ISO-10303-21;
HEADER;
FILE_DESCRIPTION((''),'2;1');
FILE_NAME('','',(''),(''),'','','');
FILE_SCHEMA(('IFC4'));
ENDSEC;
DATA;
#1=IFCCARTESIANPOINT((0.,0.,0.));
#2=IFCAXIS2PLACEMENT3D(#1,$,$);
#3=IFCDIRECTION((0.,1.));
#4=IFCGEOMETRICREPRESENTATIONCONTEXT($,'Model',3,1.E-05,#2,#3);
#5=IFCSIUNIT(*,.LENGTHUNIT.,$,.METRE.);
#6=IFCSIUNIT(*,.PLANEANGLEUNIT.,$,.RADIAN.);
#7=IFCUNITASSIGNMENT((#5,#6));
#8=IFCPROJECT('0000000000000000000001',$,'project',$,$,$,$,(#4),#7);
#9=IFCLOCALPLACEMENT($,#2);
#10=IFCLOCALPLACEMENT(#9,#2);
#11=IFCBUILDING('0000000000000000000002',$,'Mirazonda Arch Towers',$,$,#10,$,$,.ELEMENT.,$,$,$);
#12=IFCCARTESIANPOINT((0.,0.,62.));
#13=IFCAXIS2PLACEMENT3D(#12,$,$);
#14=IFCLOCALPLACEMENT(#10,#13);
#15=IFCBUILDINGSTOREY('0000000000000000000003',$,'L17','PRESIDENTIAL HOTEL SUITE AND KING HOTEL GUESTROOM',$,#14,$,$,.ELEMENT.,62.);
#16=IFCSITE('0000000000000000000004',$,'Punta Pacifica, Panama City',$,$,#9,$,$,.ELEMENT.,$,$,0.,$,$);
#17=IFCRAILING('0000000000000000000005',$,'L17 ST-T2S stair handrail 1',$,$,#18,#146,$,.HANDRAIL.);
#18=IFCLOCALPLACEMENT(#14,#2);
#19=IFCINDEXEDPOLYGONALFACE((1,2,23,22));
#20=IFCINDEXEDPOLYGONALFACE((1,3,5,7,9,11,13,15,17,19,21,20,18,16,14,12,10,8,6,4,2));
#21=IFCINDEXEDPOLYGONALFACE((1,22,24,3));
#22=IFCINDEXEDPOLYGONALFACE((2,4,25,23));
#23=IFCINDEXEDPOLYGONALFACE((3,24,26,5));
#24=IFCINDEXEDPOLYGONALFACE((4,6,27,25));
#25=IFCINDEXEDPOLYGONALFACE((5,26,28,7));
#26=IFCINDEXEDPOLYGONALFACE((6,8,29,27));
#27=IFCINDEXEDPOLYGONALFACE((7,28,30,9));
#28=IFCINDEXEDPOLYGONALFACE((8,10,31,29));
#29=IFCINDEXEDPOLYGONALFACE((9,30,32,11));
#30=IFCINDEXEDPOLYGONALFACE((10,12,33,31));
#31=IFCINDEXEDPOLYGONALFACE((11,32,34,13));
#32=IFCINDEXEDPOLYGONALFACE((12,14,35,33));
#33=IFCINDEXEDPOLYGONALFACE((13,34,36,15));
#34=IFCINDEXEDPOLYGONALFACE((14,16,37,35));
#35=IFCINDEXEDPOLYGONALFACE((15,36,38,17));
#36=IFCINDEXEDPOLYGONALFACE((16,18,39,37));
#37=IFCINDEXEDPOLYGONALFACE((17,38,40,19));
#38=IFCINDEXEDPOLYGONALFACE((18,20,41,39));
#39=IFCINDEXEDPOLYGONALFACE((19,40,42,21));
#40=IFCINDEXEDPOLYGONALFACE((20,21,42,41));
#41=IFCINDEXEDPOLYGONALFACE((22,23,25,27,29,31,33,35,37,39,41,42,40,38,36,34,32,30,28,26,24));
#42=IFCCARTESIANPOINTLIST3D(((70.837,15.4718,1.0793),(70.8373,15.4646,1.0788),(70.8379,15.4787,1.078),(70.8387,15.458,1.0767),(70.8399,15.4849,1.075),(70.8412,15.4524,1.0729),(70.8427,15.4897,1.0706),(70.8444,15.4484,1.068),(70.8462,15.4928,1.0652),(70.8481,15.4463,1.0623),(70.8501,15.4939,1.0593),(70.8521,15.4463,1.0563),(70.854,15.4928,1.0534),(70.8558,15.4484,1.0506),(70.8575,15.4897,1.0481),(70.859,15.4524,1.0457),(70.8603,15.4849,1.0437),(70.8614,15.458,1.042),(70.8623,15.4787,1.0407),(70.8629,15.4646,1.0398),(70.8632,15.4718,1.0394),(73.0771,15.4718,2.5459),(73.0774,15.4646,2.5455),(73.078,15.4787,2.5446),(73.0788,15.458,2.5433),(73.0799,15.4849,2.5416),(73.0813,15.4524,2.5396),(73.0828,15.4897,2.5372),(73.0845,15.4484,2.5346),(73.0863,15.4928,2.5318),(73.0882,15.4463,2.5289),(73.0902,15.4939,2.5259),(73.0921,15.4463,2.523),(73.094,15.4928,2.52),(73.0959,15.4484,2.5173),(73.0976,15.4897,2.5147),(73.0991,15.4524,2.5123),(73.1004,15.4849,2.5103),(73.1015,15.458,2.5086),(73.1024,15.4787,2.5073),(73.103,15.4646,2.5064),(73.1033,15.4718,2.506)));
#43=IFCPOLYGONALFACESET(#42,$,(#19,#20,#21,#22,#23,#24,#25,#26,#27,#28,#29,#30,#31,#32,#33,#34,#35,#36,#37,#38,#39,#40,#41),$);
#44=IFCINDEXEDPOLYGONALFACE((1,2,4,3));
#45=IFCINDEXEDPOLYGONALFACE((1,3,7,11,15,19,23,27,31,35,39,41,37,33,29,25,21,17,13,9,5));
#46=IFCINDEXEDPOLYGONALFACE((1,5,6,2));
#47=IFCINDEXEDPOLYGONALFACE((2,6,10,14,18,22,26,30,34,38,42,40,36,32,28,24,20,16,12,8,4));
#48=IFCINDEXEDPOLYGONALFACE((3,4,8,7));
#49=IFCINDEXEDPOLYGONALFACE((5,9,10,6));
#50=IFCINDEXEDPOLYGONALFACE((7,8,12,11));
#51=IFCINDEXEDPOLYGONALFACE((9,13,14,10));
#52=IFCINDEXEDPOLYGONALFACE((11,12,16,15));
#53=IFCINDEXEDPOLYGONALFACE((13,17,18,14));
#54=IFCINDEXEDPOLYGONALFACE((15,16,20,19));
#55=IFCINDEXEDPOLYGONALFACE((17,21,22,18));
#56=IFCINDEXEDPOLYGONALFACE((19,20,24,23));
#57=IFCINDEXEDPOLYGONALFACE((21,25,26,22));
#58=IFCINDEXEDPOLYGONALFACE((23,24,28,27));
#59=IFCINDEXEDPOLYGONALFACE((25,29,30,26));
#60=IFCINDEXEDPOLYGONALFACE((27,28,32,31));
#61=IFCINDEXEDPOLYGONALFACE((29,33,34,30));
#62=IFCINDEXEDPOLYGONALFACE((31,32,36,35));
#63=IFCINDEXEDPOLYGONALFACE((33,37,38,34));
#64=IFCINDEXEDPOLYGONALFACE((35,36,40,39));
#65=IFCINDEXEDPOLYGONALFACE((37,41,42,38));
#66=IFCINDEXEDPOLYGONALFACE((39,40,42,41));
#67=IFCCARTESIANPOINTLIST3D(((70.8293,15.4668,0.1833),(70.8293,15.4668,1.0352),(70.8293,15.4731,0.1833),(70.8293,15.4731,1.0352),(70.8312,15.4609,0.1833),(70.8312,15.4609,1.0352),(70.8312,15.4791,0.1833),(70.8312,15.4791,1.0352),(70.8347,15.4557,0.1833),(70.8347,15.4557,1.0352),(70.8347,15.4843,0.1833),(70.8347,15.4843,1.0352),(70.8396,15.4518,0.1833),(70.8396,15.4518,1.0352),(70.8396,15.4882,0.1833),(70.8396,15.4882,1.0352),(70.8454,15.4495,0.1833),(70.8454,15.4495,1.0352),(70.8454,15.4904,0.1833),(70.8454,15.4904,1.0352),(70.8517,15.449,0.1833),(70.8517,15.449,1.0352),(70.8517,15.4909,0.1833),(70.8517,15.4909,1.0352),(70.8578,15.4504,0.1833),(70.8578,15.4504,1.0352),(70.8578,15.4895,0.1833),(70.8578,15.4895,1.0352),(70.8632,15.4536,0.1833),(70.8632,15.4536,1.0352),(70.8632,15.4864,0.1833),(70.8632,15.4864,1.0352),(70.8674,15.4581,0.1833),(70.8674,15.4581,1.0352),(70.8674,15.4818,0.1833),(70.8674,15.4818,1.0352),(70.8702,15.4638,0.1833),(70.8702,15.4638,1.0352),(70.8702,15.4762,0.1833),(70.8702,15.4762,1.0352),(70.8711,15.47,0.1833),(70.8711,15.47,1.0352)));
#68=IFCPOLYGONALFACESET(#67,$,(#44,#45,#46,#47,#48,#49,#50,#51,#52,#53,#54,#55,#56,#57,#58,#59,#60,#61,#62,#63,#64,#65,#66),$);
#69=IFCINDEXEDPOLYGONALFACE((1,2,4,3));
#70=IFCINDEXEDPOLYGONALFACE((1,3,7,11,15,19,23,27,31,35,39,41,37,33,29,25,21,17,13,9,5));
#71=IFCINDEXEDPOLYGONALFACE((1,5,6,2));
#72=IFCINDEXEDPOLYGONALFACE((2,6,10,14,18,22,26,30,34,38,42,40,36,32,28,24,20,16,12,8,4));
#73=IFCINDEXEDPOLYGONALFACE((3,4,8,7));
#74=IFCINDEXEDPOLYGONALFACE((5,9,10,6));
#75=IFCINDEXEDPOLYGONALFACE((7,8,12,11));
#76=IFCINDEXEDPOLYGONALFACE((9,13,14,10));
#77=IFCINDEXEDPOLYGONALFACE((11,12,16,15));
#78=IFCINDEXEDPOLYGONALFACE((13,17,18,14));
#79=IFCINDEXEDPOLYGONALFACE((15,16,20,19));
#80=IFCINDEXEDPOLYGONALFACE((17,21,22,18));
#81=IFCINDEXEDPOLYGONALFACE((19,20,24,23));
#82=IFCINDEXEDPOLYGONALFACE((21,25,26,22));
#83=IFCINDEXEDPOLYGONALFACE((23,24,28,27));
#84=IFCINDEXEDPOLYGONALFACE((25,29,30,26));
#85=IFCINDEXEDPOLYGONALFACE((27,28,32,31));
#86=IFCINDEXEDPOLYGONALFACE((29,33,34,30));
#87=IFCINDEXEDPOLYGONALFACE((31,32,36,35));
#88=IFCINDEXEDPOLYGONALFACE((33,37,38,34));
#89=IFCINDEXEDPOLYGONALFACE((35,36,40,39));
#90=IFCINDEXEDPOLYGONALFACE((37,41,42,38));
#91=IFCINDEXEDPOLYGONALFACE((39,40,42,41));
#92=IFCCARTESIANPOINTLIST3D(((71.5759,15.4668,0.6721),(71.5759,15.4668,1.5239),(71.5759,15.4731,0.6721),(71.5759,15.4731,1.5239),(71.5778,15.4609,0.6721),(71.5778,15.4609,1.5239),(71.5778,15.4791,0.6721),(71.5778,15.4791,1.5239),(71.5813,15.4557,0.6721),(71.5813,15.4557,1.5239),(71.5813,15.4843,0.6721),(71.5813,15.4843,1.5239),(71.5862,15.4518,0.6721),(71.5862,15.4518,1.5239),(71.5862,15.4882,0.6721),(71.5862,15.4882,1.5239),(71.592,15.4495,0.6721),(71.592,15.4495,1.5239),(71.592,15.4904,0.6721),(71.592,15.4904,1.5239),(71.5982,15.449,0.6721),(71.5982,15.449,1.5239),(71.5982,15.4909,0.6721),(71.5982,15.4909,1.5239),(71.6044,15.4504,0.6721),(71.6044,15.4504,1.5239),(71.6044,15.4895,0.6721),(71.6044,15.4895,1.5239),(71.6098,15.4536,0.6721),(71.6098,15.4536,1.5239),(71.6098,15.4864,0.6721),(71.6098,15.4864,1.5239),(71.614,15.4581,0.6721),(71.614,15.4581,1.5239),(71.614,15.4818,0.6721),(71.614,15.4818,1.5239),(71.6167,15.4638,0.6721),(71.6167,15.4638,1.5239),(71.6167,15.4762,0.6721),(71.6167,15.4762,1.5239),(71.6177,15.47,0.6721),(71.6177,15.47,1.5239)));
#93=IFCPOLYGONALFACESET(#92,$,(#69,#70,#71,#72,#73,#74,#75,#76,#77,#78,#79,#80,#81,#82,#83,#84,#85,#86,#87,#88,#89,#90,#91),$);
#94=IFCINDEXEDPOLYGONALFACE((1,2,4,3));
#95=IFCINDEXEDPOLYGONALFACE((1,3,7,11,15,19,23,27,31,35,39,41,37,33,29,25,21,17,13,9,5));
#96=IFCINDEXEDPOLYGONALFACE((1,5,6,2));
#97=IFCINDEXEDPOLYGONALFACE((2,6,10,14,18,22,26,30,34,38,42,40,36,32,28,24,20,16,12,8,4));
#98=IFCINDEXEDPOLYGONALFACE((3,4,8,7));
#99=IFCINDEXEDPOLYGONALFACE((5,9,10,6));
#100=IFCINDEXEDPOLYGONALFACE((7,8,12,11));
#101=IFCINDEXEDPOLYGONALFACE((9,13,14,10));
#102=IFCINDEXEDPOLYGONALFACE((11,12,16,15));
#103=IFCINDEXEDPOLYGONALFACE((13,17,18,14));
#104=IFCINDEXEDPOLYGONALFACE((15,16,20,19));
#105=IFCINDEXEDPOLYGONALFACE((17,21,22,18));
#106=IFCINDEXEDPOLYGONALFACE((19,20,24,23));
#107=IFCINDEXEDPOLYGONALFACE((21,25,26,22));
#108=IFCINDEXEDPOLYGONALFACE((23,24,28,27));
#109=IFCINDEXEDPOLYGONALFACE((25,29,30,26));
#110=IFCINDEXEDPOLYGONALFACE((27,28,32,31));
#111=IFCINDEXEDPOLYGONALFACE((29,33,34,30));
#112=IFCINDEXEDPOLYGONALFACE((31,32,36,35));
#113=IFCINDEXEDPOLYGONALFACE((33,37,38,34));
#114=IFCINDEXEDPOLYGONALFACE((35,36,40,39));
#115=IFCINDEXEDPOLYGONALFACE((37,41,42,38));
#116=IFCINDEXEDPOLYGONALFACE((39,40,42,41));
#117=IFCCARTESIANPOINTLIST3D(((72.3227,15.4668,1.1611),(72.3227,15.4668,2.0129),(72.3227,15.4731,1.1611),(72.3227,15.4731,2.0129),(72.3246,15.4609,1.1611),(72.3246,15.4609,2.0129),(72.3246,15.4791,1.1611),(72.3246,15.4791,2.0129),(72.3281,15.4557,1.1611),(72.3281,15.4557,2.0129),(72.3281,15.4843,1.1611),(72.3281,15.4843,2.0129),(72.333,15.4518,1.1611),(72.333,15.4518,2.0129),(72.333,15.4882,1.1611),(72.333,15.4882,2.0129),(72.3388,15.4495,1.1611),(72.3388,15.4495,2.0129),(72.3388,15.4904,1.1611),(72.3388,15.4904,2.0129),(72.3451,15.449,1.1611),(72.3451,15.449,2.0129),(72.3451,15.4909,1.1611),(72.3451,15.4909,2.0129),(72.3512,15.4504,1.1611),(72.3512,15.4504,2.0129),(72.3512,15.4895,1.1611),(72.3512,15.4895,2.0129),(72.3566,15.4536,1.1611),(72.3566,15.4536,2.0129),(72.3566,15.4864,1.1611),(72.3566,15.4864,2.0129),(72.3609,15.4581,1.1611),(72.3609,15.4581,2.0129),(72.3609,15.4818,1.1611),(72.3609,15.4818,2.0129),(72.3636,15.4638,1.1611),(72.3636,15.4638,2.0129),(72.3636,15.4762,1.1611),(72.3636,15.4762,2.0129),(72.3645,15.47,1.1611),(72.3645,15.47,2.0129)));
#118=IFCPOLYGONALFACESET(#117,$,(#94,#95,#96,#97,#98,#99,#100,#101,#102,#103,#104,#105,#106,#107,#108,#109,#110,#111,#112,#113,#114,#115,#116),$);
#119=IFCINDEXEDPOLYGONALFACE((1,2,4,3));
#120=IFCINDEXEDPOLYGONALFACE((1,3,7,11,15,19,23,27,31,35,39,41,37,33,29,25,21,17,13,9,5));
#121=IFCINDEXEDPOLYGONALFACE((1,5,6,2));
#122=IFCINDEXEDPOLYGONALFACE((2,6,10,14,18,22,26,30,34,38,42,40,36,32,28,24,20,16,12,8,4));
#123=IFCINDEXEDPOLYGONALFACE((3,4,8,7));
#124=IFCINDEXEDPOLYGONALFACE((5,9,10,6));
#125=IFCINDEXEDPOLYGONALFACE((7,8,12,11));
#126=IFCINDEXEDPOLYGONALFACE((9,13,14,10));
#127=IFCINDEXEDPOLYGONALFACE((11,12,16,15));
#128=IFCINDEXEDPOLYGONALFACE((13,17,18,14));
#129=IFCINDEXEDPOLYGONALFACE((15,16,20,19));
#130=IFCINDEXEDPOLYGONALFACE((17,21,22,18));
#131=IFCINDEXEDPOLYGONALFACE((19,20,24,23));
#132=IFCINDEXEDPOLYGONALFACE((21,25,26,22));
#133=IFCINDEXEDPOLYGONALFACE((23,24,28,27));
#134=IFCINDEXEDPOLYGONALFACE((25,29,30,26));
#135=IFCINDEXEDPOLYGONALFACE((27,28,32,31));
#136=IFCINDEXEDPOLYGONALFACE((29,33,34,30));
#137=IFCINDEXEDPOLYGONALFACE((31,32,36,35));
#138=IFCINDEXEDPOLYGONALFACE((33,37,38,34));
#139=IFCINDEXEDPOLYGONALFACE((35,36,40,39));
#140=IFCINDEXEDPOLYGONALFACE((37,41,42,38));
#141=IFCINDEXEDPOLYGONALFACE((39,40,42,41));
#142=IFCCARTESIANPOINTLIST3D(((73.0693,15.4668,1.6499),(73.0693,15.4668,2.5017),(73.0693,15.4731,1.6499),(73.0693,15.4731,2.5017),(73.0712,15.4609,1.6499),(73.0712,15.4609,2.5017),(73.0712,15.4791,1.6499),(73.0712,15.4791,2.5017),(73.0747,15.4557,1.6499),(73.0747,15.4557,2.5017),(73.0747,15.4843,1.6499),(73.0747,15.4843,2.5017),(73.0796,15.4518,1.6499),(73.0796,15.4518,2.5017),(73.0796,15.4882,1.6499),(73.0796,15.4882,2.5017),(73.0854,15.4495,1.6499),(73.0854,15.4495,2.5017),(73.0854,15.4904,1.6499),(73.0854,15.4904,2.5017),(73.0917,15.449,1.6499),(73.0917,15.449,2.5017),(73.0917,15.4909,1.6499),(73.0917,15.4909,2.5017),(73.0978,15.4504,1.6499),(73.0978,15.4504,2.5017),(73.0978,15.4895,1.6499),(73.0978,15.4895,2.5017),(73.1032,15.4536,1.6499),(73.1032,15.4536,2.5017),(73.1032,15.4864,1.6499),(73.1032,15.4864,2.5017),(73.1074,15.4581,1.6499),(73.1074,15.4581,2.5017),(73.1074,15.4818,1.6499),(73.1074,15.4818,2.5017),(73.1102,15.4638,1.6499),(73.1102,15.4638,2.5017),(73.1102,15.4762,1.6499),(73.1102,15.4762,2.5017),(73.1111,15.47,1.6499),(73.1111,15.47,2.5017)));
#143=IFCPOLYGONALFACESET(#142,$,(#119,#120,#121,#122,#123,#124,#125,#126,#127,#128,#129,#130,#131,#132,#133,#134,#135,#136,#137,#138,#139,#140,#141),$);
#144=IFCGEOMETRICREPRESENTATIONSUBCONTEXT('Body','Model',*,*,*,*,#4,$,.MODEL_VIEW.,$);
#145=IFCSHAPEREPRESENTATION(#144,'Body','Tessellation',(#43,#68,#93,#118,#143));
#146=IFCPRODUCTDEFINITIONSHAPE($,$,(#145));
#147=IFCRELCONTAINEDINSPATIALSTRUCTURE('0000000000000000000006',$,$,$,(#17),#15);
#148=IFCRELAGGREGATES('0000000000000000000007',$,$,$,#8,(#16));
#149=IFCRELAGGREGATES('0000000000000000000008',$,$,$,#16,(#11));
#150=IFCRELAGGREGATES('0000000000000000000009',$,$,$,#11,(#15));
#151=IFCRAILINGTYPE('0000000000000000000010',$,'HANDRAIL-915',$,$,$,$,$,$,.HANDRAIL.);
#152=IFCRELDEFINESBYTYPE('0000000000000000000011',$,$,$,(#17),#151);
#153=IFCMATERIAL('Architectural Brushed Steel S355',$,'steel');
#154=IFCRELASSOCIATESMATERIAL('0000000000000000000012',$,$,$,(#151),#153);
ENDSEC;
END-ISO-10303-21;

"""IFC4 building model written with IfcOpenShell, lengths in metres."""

from ifc_helpers import new_model, si_unit, direction, frame, origin, origin_2d, place, context, subcontext, project, spatial, circle, extrude, material, type_object, element, save


model = new_model("IFC4")

# Units and contexts
model_context = context("Model", 3, precision=1e-05, world=origin(), true_north=direction((0.0, 1.0)))
body_context = subcontext(model_context, "Body", "Model", "MODEL_VIEW")
ifc_project = project(units=[si_unit("LENGTHUNIT", "METRE"), si_unit("PLANEANGLEUNIT", "RADIAN")], contexts=[model_context])

# Site, building, storey
site_placement = place(None, origin())
site = spatial("IfcSite", under=ifc_project, at=site_placement, Name="Punta Pacifica, Panama City", CompositionType="ELEMENT", RefElevation=0.0)
building_placement = place(site_placement, origin())
building = spatial("IfcBuilding", under=site, at=building_placement, Name="Mirazonda Arch Towers", CompositionType="ELEMENT")
storey_placement = place(building_placement, frame((0.0, 0.0, 62.0)))
storey = spatial("IfcBuildingStorey", under=building, at=storey_placement, Name="L17", Description="PRESIDENTIAL HOTEL SUITE AND KING HOTEL GUESTROOM", CompositionType="ELEMENT", Elevation=62.0)

# Railing
ifc_material_1 = material(Name="Architectural Brushed Steel S355", Category="steel")
railing_type_1 = type_object("IfcRailingType", Name="HANDRAIL-915", PredefinedType="HANDRAIL", material=ifc_material_1)
railing_1_placement = place(storey_placement, frame((70.8501, 15.47, 0.1833)))
element("IfcRailing", 1, at=railing_1_placement, inside=storey, type_object=railing_type_1, Name="L17 ST-T2S stair handrail 1", PredefinedType="HANDRAIL", context=body_context, shape_type="SweptSolid", body=[
    extrude(circle(Radius=0.0239, at=origin_2d()), frame((0.0, 0.0, 0.876), z_axis=(0.836637, 0.0, 0.547758), x_axis=(0.0, 1.0, 0.0)), (0.0, 0.0, 1.0), 2.6775),
    extrude(circle(Radius=0.021, at=origin_2d()), origin(), (0.0, 0.0, 1.0), 0.8518),
    extrude(circle(Radius=0.021, at=origin_2d()), frame((0.7466, 0.0, 0.4888)), (0.0, 0.0, 1.0), 0.8518),
    extrude(circle(Radius=0.021, at=origin_2d()), frame((1.4934, 0.0, 0.9778)), (0.0, 0.0, 1.0), 0.8518),
    extrude(circle(Radius=0.021, at=origin_2d()), frame((2.24, 0.0, 1.4666)), (0.0, 0.0, 1.0), 0.8518),
])

save(model, "model.ifc")
